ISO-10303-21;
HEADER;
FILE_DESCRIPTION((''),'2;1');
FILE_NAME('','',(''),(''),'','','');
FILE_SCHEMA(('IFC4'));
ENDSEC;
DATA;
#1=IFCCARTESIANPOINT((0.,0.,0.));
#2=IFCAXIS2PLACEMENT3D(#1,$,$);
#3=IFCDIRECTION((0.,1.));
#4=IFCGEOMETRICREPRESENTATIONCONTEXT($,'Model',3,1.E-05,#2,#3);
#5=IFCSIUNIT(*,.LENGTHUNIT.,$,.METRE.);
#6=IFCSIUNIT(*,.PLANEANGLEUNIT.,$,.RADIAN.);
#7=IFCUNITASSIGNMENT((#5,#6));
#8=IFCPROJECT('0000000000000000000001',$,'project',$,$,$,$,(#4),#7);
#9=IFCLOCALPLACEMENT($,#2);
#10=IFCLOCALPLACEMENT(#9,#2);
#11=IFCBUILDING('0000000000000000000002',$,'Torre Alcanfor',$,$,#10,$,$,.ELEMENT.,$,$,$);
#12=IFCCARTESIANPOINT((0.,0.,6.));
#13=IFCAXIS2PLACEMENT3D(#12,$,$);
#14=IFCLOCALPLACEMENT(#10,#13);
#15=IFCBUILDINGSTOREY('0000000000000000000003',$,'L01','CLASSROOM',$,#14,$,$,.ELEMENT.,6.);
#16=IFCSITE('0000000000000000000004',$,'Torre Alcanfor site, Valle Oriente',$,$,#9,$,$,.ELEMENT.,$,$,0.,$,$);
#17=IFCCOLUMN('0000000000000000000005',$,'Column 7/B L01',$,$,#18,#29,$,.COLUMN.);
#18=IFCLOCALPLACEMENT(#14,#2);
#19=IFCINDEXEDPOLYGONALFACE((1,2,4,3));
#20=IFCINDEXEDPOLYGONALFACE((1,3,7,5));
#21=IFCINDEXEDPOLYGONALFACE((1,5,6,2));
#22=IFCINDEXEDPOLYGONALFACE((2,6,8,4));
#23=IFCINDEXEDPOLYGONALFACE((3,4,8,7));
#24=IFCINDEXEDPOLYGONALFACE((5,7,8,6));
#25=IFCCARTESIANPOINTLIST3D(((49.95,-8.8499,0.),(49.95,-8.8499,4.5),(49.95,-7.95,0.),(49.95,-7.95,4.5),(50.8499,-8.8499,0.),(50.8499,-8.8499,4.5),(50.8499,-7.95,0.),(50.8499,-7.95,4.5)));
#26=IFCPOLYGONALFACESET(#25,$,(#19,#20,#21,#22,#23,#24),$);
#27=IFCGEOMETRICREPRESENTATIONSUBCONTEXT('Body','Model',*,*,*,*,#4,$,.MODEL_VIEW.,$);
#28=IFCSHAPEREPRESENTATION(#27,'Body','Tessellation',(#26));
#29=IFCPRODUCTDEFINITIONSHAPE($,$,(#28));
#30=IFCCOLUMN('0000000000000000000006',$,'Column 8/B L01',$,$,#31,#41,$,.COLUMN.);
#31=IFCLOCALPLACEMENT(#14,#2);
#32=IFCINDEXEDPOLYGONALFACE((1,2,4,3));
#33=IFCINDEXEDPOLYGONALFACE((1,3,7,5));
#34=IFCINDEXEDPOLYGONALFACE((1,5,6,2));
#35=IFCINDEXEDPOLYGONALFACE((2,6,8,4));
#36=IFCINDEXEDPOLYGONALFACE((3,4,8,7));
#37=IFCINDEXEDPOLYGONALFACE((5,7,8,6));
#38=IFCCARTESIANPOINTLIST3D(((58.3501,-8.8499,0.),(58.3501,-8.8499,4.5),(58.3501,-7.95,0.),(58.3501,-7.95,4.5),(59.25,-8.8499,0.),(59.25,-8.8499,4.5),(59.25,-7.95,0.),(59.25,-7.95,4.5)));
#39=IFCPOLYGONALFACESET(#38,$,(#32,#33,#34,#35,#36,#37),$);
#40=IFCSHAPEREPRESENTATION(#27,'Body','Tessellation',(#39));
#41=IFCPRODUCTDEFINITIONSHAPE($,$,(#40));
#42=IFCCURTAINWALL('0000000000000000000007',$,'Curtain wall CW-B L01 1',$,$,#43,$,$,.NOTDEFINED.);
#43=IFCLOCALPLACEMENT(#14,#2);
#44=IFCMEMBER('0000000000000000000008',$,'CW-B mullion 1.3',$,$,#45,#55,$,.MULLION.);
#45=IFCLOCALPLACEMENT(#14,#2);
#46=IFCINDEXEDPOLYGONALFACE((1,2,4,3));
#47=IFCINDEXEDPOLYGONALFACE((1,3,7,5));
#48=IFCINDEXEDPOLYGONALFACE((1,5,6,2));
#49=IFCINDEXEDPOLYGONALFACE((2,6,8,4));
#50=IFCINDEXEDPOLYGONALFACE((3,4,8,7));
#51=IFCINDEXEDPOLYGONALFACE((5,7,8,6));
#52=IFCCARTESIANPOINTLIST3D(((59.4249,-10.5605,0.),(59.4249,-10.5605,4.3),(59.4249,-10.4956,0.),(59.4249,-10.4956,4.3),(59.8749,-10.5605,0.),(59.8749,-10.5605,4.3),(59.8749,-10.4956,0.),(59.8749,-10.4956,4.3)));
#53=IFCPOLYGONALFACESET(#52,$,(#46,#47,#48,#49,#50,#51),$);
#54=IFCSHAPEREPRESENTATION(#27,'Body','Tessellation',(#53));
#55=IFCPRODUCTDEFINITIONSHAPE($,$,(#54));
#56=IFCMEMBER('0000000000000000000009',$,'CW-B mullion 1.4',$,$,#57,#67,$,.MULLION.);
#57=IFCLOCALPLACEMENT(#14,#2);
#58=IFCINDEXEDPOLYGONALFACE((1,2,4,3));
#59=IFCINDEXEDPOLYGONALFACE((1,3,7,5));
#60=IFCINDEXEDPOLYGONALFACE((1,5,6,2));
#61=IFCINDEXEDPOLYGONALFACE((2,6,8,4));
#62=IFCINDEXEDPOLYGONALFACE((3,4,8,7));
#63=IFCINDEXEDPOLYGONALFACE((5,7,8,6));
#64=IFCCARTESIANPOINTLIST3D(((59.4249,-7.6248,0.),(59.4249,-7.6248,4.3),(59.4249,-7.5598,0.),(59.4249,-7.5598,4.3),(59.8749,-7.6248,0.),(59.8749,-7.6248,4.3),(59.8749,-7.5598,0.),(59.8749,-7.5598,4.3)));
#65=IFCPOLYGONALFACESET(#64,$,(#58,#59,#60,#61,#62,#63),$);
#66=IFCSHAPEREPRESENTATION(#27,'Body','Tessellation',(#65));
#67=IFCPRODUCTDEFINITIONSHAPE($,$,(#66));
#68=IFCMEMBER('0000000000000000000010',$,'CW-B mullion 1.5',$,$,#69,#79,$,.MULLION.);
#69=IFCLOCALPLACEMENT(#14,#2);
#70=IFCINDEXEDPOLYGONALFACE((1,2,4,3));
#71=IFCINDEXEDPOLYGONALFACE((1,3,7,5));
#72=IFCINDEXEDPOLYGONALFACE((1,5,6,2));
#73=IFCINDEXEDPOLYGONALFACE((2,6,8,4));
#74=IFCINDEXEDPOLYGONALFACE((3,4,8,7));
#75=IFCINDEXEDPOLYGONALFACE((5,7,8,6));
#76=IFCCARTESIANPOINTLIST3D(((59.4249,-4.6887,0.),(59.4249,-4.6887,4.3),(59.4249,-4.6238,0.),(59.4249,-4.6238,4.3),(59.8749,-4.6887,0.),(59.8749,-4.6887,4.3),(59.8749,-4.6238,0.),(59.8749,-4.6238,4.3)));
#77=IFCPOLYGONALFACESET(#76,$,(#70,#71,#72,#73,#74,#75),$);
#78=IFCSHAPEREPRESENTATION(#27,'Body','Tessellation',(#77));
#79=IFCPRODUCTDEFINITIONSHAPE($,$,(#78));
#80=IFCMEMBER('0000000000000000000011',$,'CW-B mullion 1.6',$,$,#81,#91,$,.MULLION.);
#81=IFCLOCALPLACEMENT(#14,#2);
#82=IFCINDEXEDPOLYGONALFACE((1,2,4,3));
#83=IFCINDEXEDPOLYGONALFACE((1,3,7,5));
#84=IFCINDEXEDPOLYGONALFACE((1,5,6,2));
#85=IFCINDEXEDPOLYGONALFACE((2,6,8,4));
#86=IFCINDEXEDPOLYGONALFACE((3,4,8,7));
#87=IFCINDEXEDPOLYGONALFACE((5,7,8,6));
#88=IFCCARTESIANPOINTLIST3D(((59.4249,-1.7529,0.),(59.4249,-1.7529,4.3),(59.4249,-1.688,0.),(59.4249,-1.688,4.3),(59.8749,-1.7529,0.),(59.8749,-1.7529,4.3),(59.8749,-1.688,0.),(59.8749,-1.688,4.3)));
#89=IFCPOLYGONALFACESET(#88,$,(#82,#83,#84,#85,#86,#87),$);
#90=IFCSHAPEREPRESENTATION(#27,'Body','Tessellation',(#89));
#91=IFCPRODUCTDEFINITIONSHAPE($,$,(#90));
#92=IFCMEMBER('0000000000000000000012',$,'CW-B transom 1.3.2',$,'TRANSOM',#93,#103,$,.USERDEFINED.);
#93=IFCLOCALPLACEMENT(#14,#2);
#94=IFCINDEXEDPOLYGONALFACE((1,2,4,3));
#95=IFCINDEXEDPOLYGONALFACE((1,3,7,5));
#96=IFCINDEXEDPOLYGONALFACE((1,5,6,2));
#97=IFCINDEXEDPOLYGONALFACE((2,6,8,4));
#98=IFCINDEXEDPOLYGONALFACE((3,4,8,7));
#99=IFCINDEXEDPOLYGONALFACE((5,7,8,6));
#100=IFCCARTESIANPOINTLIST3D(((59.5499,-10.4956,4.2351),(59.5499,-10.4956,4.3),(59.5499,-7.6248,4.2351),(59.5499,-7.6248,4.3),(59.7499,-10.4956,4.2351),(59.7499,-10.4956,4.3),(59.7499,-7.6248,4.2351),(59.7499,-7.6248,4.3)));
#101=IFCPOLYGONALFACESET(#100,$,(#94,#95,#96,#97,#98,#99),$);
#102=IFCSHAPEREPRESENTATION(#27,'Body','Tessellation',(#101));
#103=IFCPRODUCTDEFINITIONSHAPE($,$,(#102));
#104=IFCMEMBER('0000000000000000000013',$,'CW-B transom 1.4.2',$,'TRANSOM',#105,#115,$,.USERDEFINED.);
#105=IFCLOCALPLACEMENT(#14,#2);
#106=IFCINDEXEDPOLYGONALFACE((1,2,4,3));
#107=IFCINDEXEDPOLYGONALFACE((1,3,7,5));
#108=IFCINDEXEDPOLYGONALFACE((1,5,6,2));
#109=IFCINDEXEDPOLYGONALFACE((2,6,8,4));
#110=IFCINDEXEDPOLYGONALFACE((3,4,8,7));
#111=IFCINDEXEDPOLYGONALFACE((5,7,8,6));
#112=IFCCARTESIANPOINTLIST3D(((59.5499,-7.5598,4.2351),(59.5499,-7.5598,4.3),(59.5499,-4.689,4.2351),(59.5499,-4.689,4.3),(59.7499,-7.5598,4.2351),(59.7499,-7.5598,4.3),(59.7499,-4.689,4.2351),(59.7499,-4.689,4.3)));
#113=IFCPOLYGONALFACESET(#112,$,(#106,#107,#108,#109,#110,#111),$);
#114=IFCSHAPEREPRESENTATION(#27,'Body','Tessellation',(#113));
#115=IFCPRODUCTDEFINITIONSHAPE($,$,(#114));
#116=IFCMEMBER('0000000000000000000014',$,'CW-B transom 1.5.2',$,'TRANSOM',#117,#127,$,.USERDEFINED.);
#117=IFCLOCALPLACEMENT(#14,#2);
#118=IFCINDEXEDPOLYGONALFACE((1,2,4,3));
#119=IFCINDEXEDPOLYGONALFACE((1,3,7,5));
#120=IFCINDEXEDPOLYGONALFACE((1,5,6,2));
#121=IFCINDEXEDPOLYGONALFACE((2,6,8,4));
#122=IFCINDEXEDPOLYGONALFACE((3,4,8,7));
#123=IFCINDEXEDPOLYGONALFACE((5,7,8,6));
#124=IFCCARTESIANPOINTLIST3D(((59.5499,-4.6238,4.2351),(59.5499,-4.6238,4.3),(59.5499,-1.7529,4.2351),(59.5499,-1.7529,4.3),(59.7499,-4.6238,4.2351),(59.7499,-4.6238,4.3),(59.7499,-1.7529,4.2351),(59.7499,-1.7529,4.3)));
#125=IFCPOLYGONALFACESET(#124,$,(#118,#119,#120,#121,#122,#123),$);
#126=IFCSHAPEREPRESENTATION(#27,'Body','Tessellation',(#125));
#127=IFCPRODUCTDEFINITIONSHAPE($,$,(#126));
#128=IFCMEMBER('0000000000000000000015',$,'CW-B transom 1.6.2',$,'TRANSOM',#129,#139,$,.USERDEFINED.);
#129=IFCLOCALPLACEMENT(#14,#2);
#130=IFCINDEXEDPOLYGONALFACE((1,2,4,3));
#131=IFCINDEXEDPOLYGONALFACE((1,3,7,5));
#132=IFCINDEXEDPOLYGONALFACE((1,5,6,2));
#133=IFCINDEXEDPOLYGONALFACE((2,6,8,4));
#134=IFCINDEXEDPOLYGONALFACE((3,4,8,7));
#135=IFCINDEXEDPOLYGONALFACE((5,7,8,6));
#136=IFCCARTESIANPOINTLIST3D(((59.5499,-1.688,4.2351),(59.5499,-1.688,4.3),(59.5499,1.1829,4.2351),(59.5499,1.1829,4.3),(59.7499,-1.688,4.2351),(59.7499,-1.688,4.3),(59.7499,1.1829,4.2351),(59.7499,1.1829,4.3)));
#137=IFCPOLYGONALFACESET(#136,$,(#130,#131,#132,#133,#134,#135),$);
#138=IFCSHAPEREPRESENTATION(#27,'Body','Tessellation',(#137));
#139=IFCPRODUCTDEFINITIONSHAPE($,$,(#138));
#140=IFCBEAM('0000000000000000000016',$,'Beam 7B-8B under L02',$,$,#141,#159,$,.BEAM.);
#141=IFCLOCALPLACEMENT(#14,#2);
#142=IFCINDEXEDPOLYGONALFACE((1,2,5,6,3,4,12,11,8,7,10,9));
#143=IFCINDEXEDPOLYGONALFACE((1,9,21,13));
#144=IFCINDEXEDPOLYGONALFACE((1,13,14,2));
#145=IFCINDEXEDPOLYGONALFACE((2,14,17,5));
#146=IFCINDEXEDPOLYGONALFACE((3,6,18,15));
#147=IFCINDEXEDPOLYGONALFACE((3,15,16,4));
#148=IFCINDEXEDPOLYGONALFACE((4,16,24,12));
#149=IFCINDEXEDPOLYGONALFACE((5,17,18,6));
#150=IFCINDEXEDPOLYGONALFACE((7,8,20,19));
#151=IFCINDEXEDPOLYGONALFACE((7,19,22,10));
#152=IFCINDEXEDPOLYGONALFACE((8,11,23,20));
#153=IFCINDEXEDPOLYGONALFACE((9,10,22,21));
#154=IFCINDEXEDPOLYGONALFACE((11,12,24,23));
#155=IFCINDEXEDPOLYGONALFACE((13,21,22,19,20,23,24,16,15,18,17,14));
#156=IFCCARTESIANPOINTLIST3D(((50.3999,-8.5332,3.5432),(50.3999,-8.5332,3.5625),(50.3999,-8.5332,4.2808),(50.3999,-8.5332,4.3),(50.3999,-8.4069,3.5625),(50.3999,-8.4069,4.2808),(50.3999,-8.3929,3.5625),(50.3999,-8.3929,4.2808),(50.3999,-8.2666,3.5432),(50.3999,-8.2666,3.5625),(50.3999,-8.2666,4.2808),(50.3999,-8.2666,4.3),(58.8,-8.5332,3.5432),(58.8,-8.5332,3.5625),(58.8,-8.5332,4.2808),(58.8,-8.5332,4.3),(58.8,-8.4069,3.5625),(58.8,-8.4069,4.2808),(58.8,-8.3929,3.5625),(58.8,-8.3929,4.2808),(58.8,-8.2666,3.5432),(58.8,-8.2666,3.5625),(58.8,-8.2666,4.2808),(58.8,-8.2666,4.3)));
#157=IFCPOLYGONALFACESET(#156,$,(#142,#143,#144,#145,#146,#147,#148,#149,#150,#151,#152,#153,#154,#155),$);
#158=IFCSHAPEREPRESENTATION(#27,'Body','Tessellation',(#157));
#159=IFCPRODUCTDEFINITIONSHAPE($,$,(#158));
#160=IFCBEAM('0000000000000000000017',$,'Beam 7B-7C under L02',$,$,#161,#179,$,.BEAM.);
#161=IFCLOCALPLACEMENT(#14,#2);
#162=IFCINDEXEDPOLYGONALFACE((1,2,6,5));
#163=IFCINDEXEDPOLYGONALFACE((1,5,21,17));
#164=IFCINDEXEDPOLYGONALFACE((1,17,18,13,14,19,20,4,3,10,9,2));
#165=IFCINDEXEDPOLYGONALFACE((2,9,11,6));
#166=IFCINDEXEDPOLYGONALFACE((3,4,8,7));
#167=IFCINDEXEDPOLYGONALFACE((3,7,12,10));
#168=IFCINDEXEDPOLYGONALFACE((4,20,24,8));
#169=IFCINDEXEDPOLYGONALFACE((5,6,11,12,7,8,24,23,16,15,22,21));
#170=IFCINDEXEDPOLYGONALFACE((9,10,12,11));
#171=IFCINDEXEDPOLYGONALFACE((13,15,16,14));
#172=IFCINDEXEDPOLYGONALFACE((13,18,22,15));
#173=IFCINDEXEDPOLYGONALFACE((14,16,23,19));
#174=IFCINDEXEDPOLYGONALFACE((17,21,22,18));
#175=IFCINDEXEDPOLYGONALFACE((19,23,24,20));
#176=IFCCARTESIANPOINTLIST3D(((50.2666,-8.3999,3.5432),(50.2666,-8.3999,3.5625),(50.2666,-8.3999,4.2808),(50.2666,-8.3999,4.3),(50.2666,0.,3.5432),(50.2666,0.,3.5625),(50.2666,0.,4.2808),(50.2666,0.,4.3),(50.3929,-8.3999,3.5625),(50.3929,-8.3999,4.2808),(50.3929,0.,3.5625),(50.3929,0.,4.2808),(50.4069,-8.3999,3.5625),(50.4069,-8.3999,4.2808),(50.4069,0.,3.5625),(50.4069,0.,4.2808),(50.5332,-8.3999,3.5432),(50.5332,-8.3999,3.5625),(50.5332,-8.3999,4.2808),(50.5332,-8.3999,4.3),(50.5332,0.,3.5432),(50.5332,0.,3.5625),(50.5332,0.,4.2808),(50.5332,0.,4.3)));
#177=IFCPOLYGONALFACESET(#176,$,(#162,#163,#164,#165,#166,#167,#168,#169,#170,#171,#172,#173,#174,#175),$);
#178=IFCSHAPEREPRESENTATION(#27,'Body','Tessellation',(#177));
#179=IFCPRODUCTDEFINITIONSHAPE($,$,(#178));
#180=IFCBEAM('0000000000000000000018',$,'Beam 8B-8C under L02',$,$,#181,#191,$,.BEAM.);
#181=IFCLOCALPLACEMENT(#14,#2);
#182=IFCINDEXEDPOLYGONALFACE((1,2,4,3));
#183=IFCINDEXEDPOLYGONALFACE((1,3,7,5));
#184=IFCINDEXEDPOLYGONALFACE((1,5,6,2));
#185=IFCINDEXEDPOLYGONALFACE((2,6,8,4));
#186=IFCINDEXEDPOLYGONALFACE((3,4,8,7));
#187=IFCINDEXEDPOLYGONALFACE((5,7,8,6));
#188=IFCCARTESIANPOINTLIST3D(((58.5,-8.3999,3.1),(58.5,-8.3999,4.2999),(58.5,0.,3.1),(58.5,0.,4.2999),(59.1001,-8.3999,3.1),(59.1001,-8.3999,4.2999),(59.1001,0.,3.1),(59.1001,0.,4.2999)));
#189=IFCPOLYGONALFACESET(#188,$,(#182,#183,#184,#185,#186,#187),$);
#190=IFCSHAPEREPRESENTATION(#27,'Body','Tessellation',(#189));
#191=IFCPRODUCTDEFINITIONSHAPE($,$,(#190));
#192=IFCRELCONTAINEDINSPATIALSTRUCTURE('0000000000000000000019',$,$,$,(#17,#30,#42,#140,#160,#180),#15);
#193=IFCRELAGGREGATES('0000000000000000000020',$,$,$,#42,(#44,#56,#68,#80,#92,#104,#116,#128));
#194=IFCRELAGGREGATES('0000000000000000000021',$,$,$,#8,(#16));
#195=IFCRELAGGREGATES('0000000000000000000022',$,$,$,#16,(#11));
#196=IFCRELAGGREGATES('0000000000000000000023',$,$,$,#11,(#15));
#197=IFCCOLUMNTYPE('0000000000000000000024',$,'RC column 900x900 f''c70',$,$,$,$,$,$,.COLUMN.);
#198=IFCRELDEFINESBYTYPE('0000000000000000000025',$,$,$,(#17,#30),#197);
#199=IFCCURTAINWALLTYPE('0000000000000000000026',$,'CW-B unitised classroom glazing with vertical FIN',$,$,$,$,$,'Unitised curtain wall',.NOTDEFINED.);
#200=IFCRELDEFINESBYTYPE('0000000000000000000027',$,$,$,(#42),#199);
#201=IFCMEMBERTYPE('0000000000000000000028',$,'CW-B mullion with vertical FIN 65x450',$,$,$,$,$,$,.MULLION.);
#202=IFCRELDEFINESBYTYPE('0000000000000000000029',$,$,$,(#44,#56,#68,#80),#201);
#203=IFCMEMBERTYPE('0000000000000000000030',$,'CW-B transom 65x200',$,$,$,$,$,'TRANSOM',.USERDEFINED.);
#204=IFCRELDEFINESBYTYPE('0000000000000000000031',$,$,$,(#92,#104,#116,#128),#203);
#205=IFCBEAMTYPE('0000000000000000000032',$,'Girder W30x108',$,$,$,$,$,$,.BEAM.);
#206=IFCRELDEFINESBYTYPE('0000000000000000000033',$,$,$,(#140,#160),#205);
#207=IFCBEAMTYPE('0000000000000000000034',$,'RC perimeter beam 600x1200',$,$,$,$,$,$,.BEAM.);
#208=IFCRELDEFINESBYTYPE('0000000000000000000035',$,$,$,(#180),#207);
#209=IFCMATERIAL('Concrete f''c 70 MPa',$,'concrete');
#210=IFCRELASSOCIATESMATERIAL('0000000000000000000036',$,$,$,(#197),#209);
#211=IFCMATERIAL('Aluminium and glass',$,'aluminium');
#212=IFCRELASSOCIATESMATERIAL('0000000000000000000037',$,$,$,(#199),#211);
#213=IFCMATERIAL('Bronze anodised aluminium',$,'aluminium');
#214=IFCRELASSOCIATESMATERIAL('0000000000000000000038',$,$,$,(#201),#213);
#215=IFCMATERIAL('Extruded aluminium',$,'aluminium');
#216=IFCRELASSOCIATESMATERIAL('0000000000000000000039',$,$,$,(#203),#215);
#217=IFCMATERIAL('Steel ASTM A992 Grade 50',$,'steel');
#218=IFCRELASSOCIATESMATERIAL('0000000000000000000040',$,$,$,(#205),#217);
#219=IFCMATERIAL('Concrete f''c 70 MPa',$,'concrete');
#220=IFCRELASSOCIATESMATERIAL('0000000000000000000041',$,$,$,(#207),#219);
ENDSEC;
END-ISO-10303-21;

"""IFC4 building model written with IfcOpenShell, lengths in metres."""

from ifc_helpers import new_model, si_unit, direction, frame, origin, origin_2d, place, context, subcontext, project, spatial, rectangle, i_section, extrude, material, material_profile, profile_set, type_object, element, aggregate, save


model = new_model("IFC4")

# Units and contexts
model_context = context("Model", 3, precision=1e-05, world=origin(), true_north=direction((0.0, 1.0)))
body_context = subcontext(model_context, "Body", "Model", "MODEL_VIEW")
ifc_project = project(units=[si_unit("LENGTHUNIT", "METRE"), si_unit("PLANEANGLEUNIT", "RADIAN")], contexts=[model_context])

# Site, building, storey
site_placement = place(None, origin())
site = spatial("IfcSite", under=ifc_project, at=site_placement, Name="Torre Alcanfor site, Valle Oriente", CompositionType="ELEMENT", RefElevation=0.0)
building_placement = place(site_placement, origin())
building = spatial("IfcBuilding", under=site, at=building_placement, Name="Torre Alcanfor", CompositionType="ELEMENT")
storey_placement = place(building_placement, frame((0.0, 0.0, 6.0)))
storey = spatial("IfcBuildingStorey", under=building, at=storey_placement, Name="L01", Description="CLASSROOM", CompositionType="ELEMENT", Elevation=6.0)

# Columns
ifc_material_1 = material(Name="Concrete f'c 70 MPa", Category="concrete")
ifc_material_profile_1 = material_profile(ifc_material_1, rectangle(XDim=0.8999, YDim=0.8999, at=origin_2d()), Name="900x900")
ifc_profile_set_1 = profile_set([ifc_material_profile_1], Name="Concrete f'c 70 MPa")
column_type = type_object("IfcColumnType", Name="RC column 900x900 f'c70", PredefinedType="COLUMN", material=ifc_profile_set_1)
for number, where, z_axis, x_axis, name in (
    (1, (50.3999, -8.3999, 0.0), (0.0, 0.0, 1.0), (1.0, 0.0, 0.0), "Column 7/B L01"),
    (2, (58.8, -8.3999, 0.0), (0.0, 0.0, 1.0), (1.0, 0.0, 0.0), "Column 8/B L01"),
):
    element("IfcColumn", number, at=place(storey_placement, frame(where, z_axis=z_axis, x_axis=x_axis)), inside=storey, type_object=column_type, Name=name, PredefinedType="COLUMN", context=body_context, shape_type="SweptSolid", body=[
        extrude(rectangle(XDim=0.8999, YDim=0.8999, at=origin_2d()), origin(), (0.0, 0.0, 1.0), 4.5),
    ])

# Curtain wall, members
ifc_material_2 = material(Name="Aluminium and glass", Category="aluminium")
curtain_wall_type = type_object("IfcCurtainWallType", Name="CW-B unitised classroom glazing with vertical FIN", ElementType="Unitised curtain wall", PredefinedType="NOTDEFINED", material=ifc_material_2)
curtain_wall_placement = place(storey_placement, origin())
curtain_wall = element("IfcCurtainWall", 3, at=curtain_wall_placement, inside=storey, type_object=curtain_wall_type, Name="Curtain wall CW-B L01 1", PredefinedType="NOTDEFINED")
ifc_material_3 = material(Name="Bronze anodised aluminium", Category="aluminium")
ifc_material_profile_2 = material_profile(ifc_material_3, rectangle(XDim=0.45, YDim=0.0649, at=origin_2d()), Name="CW-B mullion 65x450")
ifc_profile_set_2 = profile_set([ifc_material_profile_2], Name="Bronze anodised aluminium")
member_type_1 = type_object("IfcMemberType", Name="CW-B mullion with vertical FIN 65x450", PredefinedType="MULLION", material=ifc_profile_set_2)
member_1_placement = place(storey_placement, frame((59.6499, -10.5281, 0.0), z_axis=(0.0, 0.0, 1.0), x_axis=(-1.0, 0.0, 0.0)))
member_1 = element("IfcMember", 4, at=member_1_placement, type_object=member_type_1, Name="CW-B mullion 1.3", PredefinedType="MULLION", context=body_context, shape_type="SweptSolid", body=[
    extrude(rectangle(XDim=0.45, YDim=0.0649, at=origin_2d()), origin(), (0.0, 0.0, 1.0), 4.3),
])
member_2_placement = place(storey_placement, frame((59.6499, -7.5923, 0.0), z_axis=(0.0, 0.0, 1.0), x_axis=(-1.0, 0.0, 0.0)))
member_2 = element("IfcMember", 5, at=member_2_placement, type_object=member_type_1, Name="CW-B mullion 1.4", PredefinedType="MULLION", context=body_context, shape_type="SweptSolid", body=[
    extrude(rectangle(XDim=0.45, YDim=0.0649, at=origin_2d()), origin(), (0.0, 0.0, 1.0), 4.3),
])
member_3_placement = place(storey_placement, frame((59.6499, -4.6562, 0.0), z_axis=(0.0, 0.0, 1.0), x_axis=(-1.0, 0.0, 0.0)))
member_3 = element("IfcMember", 6, at=member_3_placement, type_object=member_type_1, Name="CW-B mullion 1.5", PredefinedType="MULLION", context=body_context, shape_type="SweptSolid", body=[
    extrude(rectangle(XDim=0.45, YDim=0.0649, at=origin_2d()), origin(), (0.0, 0.0, 1.0), 4.3),
])
member_4_placement = place(storey_placement, frame((59.6499, -1.7205, 0.0), z_axis=(0.0, 0.0, 1.0), x_axis=(-1.0, 0.0, 0.0)))
member_4 = element("IfcMember", 7, at=member_4_placement, type_object=member_type_1, Name="CW-B mullion 1.6", PredefinedType="MULLION", context=body_context, shape_type="SweptSolid", body=[
    extrude(rectangle(XDim=0.45, YDim=0.0649, at=origin_2d()), origin(), (0.0, 0.0, 1.0), 4.3),
])
ifc_material_4 = material(Name="Extruded aluminium", Category="aluminium")
ifc_material_profile_3 = material_profile(ifc_material_4, rectangle(XDim=0.2, YDim=0.0649, at=origin_2d()), Name="CW-B transom 200x65")
ifc_profile_set_3 = profile_set([ifc_material_profile_3], Name="Extruded aluminium")
member_type_2 = type_object("IfcMemberType", Name="CW-B transom 65x200", ElementType="TRANSOM", PredefinedType="USERDEFINED", material=ifc_profile_set_3)
member_5_placement = place(storey_placement, frame((59.6499, -10.4956, 4.2676), z_axis=(0.0, 1.0, 0.0), x_axis=(-1.0, 0.0, 0.0)))
member_5 = element("IfcMember", 8, at=member_5_placement, type_object=member_type_2, Name="CW-B transom 1.3.2", ObjectType="TRANSOM", PredefinedType="USERDEFINED", context=body_context, shape_type="SweptSolid", body=[
    extrude(rectangle(XDim=0.2, YDim=0.0649, at=origin_2d()), origin(), (0.0, 0.0, 1.0), 2.8708),
])
member_6_placement = place(storey_placement, frame((59.6499, -7.5598, 4.2676), z_axis=(0.0, 1.0, 0.0), x_axis=(-1.0, 0.0, 0.0)))
member_6 = element("IfcMember", 9, at=member_6_placement, type_object=member_type_2, Name="CW-B transom 1.4.2", ObjectType="TRANSOM", PredefinedType="USERDEFINED", context=body_context, shape_type="SweptSolid", body=[
    extrude(rectangle(XDim=0.2, YDim=0.0649, at=origin_2d()), origin(), (0.0, 0.0, 1.0), 2.8708),
])
member_7_placement = place(storey_placement, frame((59.6499, -4.6238, 4.2676), z_axis=(0.0, 1.0, 0.0), x_axis=(-1.0, 0.0, 0.0)))
member_7 = element("IfcMember", 10, at=member_7_placement, type_object=member_type_2, Name="CW-B transom 1.5.2", ObjectType="TRANSOM", PredefinedType="USERDEFINED", context=body_context, shape_type="SweptSolid", body=[
    extrude(rectangle(XDim=0.2, YDim=0.0649, at=origin_2d()), origin(), (0.0, 0.0, 1.0), 2.8708),
])
member_8_placement = place(storey_placement, frame((59.6499, -1.688, 4.2676), z_axis=(0.0, 1.0, 0.0), x_axis=(-1.0, 0.0, 0.0)))
member_8 = element("IfcMember", 11, at=member_8_placement, type_object=member_type_2, Name="CW-B transom 1.6.2", ObjectType="TRANSOM", PredefinedType="USERDEFINED", context=body_context, shape_type="SweptSolid", body=[
    extrude(rectangle(XDim=0.2, YDim=0.0649, at=origin_2d()), origin(), (0.0, 0.0, 1.0), 2.8708),
])

# Beams
ifc_material_5 = material(Name="Steel ASTM A992 Grade 50", Category="steel")
ifc_material_profile_4 = material_profile(ifc_material_5, i_section(OverallWidth=0.2666, OverallDepth=0.7568, WebThickness=0.0139, FlangeThickness=0.0193, at=origin_2d()), Name="W30x108")
ifc_profile_set_4 = profile_set([ifc_material_profile_4], Name="Steel ASTM A992 Grade 50")
beam_type_1 = type_object("IfcBeamType", Name="Girder W30x108", PredefinedType="BEAM", material=ifc_profile_set_4)
beam_1_placement = place(storey_placement, frame((50.3999, -8.3999, 3.9216), z_axis=(1.0, 0.0, 0.0), x_axis=(0.0, 1.0, 0.0)))
element("IfcBeam", 12, at=beam_1_placement, inside=storey, type_object=beam_type_1, Name="Beam 7B-8B under L02", PredefinedType="BEAM", context=body_context, shape_type="SweptSolid", body=[
    extrude(i_section(OverallWidth=0.2666, OverallDepth=0.7568, WebThickness=0.0139, FlangeThickness=0.0193, at=origin_2d()), origin(), (0.0, 0.0, 1.0), 8.4001),
])
beam_2_placement = place(storey_placement, frame((50.3999, -8.3999, 3.9216), z_axis=(0.0, 1.0, 0.0), x_axis=(-1.0, 0.0, 0.0)))
element("IfcBeam", 13, at=beam_2_placement, inside=storey, type_object=beam_type_1, Name="Beam 7B-7C under L02", PredefinedType="BEAM", context=body_context, shape_type="SweptSolid", body=[
    extrude(i_section(OverallWidth=0.2666, OverallDepth=0.7568, WebThickness=0.0139, FlangeThickness=0.0193, at=origin_2d()), origin(), (0.0, 0.0, 1.0), 8.3999),
])
ifc_material_6 = material(Name="Concrete f'c 70 MPa", Category="concrete")
ifc_material_profile_5 = material_profile(ifc_material_6, rectangle(XDim=0.6001, YDim=1.2, at=origin_2d()), Name="600x1200")
ifc_profile_set_5 = profile_set([ifc_material_profile_5], Name="Concrete f'c 70 MPa")
beam_type_2 = type_object("IfcBeamType", Name="RC perimeter beam 600x1200", PredefinedType="BEAM", material=ifc_profile_set_5)
beam_3_placement = place(storey_placement, frame((58.8, -8.3999, 3.7), z_axis=(0.0, 1.0, 0.0), x_axis=(-1.0, 0.0, 0.0)))
element("IfcBeam", 14, at=beam_3_placement, inside=storey, type_object=beam_type_2, Name="Beam 8B-8C under L02", PredefinedType="BEAM", context=body_context, shape_type="SweptSolid", body=[
    extrude(rectangle(XDim=0.6001, YDim=1.2, at=origin_2d()), origin(), (0.0, 0.0, 1.0), 8.3999),
])

aggregate(curtain_wall, [member_1, member_2, member_3, member_4, member_5, member_6, member_7, member_8])

save(model, "model.ifc")
